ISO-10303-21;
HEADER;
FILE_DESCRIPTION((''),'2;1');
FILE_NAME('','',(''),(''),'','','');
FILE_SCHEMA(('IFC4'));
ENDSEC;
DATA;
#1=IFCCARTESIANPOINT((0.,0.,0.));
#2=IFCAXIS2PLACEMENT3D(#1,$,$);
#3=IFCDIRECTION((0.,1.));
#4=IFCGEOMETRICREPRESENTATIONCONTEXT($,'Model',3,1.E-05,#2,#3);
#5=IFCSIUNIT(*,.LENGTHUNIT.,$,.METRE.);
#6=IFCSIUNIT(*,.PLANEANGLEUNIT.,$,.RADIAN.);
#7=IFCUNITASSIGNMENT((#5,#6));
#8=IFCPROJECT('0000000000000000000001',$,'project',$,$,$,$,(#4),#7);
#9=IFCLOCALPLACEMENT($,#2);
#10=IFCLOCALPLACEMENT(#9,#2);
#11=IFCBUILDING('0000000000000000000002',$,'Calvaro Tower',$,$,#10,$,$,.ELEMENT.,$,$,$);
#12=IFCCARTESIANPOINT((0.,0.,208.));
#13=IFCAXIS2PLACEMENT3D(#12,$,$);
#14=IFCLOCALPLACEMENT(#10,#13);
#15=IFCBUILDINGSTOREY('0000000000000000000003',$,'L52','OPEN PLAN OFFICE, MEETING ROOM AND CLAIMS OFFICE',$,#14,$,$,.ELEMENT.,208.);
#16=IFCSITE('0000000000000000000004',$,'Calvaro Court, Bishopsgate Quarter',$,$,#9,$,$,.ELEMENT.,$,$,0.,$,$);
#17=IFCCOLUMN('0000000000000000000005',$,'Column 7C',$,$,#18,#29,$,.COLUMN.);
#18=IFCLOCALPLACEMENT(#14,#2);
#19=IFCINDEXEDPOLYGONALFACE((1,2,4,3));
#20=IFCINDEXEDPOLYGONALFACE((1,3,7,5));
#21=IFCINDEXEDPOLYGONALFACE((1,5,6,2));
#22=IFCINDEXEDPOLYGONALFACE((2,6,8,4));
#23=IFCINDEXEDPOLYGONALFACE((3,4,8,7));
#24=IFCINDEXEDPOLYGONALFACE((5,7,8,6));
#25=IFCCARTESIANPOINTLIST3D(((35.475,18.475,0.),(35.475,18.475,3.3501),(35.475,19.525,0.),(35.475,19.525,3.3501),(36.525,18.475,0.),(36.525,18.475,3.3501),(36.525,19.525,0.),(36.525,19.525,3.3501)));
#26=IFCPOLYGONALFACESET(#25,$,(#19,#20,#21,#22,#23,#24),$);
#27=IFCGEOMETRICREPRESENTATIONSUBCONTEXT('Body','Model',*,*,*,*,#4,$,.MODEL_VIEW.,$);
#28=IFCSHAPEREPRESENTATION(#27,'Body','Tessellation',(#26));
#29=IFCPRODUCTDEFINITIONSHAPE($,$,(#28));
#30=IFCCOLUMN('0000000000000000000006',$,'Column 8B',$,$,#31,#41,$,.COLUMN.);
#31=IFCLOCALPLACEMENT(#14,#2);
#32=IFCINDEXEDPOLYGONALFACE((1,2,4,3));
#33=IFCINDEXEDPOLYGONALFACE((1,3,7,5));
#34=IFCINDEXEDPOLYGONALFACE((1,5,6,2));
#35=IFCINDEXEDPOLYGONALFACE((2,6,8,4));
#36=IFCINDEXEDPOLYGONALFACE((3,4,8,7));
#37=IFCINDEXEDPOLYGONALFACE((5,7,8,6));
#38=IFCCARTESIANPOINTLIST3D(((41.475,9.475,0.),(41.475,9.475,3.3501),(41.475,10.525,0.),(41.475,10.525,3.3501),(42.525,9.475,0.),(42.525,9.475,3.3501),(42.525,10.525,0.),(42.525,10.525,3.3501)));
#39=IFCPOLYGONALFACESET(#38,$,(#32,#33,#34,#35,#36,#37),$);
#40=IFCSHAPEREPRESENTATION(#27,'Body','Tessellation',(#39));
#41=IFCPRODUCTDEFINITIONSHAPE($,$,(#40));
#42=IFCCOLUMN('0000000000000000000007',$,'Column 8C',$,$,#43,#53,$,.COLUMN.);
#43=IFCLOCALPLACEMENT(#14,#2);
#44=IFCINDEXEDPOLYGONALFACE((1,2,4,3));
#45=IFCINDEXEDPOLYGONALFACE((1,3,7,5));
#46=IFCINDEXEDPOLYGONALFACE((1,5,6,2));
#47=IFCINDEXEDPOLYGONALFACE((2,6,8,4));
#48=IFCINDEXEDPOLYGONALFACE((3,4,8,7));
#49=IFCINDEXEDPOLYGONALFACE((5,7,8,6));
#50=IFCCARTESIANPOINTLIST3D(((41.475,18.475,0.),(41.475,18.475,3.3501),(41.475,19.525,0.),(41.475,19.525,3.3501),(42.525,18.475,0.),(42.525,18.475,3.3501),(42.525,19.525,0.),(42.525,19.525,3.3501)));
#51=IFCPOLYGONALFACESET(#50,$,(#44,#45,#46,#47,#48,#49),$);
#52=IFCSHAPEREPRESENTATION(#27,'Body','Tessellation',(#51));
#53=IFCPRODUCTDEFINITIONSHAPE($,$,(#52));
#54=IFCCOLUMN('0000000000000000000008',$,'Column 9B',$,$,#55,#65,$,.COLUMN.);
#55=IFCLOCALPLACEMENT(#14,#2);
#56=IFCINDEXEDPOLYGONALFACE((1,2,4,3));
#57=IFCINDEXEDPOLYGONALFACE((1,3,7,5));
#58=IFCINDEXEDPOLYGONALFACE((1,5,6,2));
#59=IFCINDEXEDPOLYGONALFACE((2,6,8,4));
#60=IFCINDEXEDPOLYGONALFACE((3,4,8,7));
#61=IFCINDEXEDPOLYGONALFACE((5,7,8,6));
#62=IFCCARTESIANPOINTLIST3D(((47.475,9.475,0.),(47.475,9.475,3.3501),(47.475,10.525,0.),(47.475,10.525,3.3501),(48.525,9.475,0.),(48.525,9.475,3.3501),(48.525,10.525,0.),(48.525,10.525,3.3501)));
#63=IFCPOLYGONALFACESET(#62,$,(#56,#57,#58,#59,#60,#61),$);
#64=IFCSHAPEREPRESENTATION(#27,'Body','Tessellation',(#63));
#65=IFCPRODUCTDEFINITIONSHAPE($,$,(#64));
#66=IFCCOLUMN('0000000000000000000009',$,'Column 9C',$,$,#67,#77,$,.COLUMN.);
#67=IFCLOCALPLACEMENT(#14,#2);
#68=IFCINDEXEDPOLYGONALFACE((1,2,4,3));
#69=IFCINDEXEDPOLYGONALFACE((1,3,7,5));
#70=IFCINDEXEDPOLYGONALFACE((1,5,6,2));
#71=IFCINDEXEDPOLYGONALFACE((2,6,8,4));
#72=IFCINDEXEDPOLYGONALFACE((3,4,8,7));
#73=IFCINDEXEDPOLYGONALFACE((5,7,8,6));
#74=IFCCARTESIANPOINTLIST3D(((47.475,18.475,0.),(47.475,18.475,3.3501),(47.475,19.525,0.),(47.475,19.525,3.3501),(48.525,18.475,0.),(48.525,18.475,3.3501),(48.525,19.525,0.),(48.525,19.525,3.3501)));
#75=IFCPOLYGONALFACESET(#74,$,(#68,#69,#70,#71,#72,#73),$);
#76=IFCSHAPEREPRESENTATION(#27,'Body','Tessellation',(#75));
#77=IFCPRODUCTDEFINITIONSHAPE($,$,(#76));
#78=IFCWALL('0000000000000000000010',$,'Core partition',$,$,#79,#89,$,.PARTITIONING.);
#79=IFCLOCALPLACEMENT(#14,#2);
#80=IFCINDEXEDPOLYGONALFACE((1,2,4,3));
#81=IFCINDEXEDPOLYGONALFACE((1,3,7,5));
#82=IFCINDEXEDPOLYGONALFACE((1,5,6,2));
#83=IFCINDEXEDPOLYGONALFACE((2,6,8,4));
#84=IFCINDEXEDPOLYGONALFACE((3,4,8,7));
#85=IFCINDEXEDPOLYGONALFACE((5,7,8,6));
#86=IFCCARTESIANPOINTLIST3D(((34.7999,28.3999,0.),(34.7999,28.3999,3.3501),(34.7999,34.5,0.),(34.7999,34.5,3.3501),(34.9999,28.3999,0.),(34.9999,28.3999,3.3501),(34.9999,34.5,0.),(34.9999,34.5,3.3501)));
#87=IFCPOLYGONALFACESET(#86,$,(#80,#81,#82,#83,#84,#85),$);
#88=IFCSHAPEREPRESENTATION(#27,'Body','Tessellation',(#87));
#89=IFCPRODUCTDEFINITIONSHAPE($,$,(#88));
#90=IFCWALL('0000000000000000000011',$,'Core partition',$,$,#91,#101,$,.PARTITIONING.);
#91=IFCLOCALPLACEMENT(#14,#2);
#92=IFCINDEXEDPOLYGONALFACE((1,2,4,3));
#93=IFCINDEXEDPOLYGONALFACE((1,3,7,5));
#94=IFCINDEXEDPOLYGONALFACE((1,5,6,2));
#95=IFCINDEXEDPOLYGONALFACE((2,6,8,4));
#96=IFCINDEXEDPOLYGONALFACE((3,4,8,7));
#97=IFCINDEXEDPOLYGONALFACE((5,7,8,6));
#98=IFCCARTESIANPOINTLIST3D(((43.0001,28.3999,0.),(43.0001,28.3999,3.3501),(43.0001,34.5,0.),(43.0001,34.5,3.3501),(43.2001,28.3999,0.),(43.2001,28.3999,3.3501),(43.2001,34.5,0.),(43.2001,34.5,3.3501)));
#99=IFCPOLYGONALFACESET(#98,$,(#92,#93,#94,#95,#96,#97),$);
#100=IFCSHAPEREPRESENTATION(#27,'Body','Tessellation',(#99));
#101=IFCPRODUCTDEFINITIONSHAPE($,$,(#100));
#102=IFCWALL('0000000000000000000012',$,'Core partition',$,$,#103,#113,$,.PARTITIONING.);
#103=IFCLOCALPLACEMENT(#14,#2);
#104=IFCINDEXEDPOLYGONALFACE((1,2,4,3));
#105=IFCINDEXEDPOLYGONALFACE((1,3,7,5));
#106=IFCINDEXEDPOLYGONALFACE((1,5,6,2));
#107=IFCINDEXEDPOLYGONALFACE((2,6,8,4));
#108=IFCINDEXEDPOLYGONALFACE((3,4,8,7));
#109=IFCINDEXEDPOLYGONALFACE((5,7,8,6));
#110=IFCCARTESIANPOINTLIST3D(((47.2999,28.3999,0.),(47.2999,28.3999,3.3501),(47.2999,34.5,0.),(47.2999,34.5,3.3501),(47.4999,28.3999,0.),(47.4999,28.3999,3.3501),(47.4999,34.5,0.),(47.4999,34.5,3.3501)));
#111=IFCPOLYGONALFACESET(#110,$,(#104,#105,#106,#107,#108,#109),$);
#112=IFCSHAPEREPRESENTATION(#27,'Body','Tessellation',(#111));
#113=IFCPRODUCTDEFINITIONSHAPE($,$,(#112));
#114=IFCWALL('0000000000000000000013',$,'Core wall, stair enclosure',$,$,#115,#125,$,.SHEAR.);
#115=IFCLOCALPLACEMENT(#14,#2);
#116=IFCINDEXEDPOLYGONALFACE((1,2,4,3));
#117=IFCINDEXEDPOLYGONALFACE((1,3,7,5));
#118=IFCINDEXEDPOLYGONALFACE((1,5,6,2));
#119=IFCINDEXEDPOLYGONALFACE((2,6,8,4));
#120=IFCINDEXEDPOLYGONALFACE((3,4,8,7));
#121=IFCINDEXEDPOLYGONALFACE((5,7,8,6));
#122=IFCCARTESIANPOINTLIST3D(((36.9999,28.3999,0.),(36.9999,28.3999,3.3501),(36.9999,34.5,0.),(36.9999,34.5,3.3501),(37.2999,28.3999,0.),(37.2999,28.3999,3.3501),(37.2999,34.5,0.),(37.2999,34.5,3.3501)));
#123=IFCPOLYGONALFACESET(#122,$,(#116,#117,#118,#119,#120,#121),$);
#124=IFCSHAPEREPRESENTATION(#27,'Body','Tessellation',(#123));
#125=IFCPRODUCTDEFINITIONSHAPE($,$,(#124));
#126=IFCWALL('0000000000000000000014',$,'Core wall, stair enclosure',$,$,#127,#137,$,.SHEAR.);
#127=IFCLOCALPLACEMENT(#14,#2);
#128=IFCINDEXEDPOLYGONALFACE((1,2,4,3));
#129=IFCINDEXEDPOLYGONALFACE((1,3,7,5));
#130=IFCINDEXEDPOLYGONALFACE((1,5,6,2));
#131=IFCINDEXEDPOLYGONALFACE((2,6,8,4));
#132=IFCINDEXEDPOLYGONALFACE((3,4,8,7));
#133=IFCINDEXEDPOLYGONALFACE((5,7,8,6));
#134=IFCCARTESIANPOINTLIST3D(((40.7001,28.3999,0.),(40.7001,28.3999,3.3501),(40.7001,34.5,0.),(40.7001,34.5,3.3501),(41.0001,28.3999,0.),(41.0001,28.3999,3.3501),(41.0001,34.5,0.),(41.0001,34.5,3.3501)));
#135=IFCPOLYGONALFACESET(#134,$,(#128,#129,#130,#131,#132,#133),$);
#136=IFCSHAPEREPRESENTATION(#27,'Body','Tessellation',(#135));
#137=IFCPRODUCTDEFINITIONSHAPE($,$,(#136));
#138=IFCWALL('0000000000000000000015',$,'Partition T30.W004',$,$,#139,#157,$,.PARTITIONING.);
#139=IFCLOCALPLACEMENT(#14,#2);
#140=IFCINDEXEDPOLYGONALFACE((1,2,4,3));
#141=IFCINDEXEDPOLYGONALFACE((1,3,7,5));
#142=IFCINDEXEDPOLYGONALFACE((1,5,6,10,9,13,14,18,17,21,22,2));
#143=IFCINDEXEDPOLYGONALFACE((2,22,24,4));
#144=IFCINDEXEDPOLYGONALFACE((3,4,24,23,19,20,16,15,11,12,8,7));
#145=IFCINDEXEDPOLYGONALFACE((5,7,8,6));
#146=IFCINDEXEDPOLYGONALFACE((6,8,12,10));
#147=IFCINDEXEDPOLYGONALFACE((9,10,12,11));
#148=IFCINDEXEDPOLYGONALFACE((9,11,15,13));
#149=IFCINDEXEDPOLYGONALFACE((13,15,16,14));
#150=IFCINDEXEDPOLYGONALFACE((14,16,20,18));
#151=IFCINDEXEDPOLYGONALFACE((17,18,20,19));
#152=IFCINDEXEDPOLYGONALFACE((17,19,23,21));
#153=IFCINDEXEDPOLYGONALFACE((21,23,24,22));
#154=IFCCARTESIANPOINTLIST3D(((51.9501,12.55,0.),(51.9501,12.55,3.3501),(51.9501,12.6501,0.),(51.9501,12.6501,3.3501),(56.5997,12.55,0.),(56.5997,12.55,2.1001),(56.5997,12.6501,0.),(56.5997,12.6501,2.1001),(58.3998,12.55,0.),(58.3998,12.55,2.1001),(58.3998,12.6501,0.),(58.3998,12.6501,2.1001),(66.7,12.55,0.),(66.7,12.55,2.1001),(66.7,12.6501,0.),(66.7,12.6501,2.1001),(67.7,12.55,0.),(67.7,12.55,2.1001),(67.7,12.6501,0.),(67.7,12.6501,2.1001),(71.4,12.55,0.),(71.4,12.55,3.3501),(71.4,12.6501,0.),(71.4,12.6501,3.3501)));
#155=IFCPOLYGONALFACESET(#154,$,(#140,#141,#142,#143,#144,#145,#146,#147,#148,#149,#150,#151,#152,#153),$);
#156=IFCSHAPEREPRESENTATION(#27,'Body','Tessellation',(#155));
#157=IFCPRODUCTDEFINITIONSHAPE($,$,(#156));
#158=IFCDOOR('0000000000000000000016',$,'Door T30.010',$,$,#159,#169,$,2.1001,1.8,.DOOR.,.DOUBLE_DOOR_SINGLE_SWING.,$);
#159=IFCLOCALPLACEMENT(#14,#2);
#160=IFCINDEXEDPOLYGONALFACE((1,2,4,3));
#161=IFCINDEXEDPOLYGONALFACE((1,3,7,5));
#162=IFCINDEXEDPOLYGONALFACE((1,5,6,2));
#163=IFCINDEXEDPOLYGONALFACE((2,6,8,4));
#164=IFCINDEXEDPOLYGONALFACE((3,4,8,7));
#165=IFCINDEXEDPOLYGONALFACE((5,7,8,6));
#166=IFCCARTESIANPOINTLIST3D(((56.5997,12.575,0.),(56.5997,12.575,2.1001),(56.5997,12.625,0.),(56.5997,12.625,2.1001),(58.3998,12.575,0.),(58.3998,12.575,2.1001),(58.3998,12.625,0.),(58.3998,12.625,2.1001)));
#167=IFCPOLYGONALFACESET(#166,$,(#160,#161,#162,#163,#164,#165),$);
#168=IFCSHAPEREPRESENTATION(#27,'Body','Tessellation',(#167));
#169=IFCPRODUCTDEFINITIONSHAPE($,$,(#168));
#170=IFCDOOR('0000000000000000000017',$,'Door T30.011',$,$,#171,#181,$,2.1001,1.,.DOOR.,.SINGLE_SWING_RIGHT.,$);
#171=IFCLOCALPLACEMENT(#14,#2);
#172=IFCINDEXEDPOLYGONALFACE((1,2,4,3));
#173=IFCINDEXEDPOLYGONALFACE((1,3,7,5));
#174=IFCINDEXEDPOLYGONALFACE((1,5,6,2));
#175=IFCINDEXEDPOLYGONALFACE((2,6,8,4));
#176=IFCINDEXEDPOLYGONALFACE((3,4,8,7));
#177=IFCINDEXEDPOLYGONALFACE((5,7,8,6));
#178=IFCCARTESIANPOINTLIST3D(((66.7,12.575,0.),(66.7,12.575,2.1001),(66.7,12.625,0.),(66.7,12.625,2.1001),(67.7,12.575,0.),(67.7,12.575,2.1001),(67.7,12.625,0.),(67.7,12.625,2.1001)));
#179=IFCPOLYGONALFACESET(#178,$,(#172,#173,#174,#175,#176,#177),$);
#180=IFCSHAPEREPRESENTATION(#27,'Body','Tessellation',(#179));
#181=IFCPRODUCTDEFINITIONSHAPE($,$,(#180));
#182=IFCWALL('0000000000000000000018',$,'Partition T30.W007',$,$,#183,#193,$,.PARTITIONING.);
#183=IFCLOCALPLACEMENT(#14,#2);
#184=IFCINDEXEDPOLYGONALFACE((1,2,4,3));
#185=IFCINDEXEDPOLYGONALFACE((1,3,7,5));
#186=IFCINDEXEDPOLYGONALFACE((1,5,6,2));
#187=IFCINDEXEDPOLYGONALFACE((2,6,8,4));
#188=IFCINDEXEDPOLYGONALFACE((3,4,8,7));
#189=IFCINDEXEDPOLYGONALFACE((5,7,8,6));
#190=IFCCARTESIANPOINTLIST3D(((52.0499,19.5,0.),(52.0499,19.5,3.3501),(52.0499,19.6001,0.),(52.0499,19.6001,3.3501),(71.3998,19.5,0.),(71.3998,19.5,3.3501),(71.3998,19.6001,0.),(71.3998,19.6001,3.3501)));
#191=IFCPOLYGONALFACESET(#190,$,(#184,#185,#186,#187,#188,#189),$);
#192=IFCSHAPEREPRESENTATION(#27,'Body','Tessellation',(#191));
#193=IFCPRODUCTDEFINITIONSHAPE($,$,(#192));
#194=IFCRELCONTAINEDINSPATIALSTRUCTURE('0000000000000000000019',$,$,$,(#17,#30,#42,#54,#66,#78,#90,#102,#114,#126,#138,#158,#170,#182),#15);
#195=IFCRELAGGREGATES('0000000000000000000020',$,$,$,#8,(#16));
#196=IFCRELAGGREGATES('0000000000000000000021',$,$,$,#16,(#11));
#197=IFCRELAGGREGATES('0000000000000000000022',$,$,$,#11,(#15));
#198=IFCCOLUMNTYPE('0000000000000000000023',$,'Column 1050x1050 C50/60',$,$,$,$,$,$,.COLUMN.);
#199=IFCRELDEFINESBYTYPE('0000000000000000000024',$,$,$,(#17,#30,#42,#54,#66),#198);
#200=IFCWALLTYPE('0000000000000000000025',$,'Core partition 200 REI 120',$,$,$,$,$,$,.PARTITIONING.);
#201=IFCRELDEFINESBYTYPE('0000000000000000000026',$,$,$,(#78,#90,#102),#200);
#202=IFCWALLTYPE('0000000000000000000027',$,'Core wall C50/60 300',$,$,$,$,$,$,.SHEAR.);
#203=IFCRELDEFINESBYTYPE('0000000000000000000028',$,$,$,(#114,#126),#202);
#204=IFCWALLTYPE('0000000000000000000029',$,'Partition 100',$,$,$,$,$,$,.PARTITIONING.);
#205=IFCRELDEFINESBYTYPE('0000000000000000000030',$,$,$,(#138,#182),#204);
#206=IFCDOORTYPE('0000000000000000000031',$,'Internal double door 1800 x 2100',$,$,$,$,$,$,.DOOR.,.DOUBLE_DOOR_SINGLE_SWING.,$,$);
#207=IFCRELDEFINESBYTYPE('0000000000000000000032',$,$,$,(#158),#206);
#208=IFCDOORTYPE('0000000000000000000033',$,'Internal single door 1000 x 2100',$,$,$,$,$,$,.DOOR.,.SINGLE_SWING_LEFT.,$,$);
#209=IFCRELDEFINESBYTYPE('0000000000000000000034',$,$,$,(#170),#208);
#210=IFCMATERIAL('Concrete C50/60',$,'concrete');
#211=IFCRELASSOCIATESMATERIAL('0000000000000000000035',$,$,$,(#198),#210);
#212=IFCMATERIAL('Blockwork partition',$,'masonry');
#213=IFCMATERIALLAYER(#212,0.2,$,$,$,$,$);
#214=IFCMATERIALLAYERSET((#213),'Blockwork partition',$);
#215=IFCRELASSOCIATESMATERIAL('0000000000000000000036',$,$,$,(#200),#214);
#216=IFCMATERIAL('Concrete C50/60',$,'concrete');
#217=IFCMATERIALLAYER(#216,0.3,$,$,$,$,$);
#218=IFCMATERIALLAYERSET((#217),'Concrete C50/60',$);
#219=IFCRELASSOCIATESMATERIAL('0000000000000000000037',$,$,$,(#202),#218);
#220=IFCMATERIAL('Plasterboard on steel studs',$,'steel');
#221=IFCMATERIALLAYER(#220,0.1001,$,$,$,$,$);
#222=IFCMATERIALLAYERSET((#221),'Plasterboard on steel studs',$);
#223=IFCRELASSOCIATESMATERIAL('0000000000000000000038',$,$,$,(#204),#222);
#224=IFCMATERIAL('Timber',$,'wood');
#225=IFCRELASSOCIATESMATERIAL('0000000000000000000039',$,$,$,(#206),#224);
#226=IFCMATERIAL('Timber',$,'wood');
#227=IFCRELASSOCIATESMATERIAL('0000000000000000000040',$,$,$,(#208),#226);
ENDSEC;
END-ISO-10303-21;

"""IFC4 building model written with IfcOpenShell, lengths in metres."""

from ifc_helpers import new_model, si_unit, direction, frame, frame_2d, origin, origin_2d, place, context, subcontext, project, spatial, rectangle, extrude, material, layer, layer_set, material_profile, profile_set, type_object, element, fill, save


model = new_model("IFC4")

# Units and contexts
model_context = context("Model", 3, precision=1e-05, world=origin(), true_north=direction((0.0, 1.0)))
body_context = subcontext(model_context, "Body", "Model", "MODEL_VIEW")
ifc_project = project(units=[si_unit("LENGTHUNIT", "METRE"), si_unit("PLANEANGLEUNIT", "RADIAN")], contexts=[model_context])

# Site, building, storey
site_placement = place(None, origin())
site = spatial("IfcSite", under=ifc_project, at=site_placement, Name="Calvaro Court, Bishopsgate Quarter", CompositionType="ELEMENT", RefElevation=0.0)
building_placement = place(site_placement, origin())
building = spatial("IfcBuilding", under=site, at=building_placement, Name="Calvaro Tower", CompositionType="ELEMENT")
storey_placement = place(building_placement, frame((0.0, 0.0, 208.0)))
storey = spatial("IfcBuildingStorey", under=building, at=storey_placement, Name="L52", Description="OPEN PLAN OFFICE, MEETING ROOM AND CLAIMS OFFICE", CompositionType="ELEMENT", Elevation=208.0)

# Columns
ifc_material_1 = material(Name="Concrete C50/60", Category="concrete")
ifc_material_profile = material_profile(ifc_material_1, rectangle(XDim=1.05, YDim=1.05, at=origin_2d()), Name="RC 1050x1050")
ifc_profile_set = profile_set([ifc_material_profile], Name="Concrete C50/60")
column_type = type_object("IfcColumnType", Name="Column 1050x1050 C50/60", PredefinedType="COLUMN", material=ifc_profile_set)
for number, where, z_axis, x_axis, name in (
    (1, (36.0, 19.0, 0.0), (0.0, 0.0, 1.0), (1.0, 0.0, 0.0), "Column 7C"),
    (2, (42.0, 10.0, 0.0), (0.0, 0.0, 1.0), (1.0, 0.0, 0.0), "Column 8B"),
    (3, (42.0, 19.0, 0.0), (0.0, 0.0, 1.0), (1.0, 0.0, 0.0), "Column 8C"),
    (4, (48.0, 10.0, 0.0), (0.0, 0.0, 1.0), (1.0, 0.0, 0.0), "Column 9B"),
    (5, (48.0, 19.0, 0.0), (0.0, 0.0, 1.0), (1.0, 0.0, 0.0), "Column 9C"),
):
    element("IfcColumn", number, at=place(storey_placement, frame(where, z_axis=z_axis, x_axis=x_axis)), inside=storey, type_object=column_type, Name=name, PredefinedType="COLUMN", context=body_context, shape_type="SweptSolid", body=[
        extrude(rectangle(XDim=1.05, YDim=1.05, at=origin_2d()), origin(), (0.0, 0.0, 1.0), 3.3501),
    ])

# Walls
ifc_material_2 = material(Name="Blockwork partition", Category="masonry")
ifc_layer_1 = layer(ifc_material_2, 0.2)
ifc_layer_set_1 = layer_set([ifc_layer_1], Name="Blockwork partition")
wall_type_1 = type_object("IfcWallType", Name="Core partition 200 REI 120", PredefinedType="PARTITIONING", material=ifc_layer_set_1)
for number, where, z_axis, x_axis, name in (
    (6, (34.8999, 28.3999, 0.0), (0.0, 0.0, 1.0), (0.0, 1.0, 0.0), "Core partition"),
    (7, (43.1001, 28.3999, 0.0), (0.0, 0.0, 1.0), (0.0, 1.0, 0.0), "Core partition"),
    (8, (47.3999, 28.3999, 0.0), (0.0, 0.0, 1.0), (0.0, 1.0, 0.0), "Core partition"),
):
    element("IfcWall", number, at=place(storey_placement, frame(where, z_axis=z_axis, x_axis=x_axis)), inside=storey, type_object=wall_type_1, Name=name, PredefinedType="PARTITIONING", context=body_context, shape_type="SweptSolid", body=[
        extrude(rectangle(XDim=6.1001, YDim=0.2, at=frame_2d((3.05, 0.0))), origin(), (0.0, 0.0, 1.0), 3.3501),
    ])
ifc_material_3 = material(Name="Concrete C50/60", Category="concrete")
ifc_layer_2 = layer(ifc_material_3, 0.3)
ifc_layer_set_2 = layer_set([ifc_layer_2], Name="Concrete C50/60")
wall_type_2 = type_object("IfcWallType", Name="Core wall C50/60 300", PredefinedType="SHEAR", material=ifc_layer_set_2)
for number, where, z_axis, x_axis, name in (
    (9, (37.1499, 28.3999, 0.0), (0.0, 0.0, 1.0), (0.0, 1.0, 0.0), "Core wall, stair enclosure"),
    (10, (40.8501, 28.3999, 0.0), (0.0, 0.0, 1.0), (0.0, 1.0, 0.0), "Core wall, stair enclosure"),
):
    element("IfcWall", number, at=place(storey_placement, frame(where, z_axis=z_axis, x_axis=x_axis)), inside=storey, type_object=wall_type_2, Name=name, PredefinedType="SHEAR", context=body_context, shape_type="SweptSolid", body=[
        extrude(rectangle(XDim=6.1001, YDim=0.3, at=frame_2d((3.05, 0.0))), origin(), (0.0, 0.0, 1.0), 3.3501),
    ])

# Wall, openings, doors
ifc_material_4 = material(Name="Plasterboard on steel studs", Category="steel")
ifc_layer_3 = layer(ifc_material_4, 0.1001)
ifc_layer_set_3 = layer_set([ifc_layer_3], Name="Plasterboard on steel studs")
wall_type_3 = type_object("IfcWallType", Name="Partition 100", PredefinedType="PARTITIONING", material=ifc_layer_set_3)
wall_1_placement = place(storey_placement, frame((51.95, 12.6001, 0.0), z_axis=(0.0, 0.0, 1.0), x_axis=(1.0, 0.0, 0.0)))
wall_1 = element("IfcWall", 11, at=wall_1_placement, inside=storey, type_object=wall_type_3, Name="Partition T30.W004", PredefinedType="PARTITIONING", context=body_context, shape_type="SweptSolid", body=[
    extrude(rectangle(XDim=19.45, YDim=0.1001, at=frame_2d((9.7251, 0.0))), origin(), (0.0, 0.0, 1.0), 3.3501),
])
opening_1_placement = place(wall_1_placement, frame((4.6499, 0.0, 0.0)))
opening_1 = element("IfcOpeningElement", 12, at=opening_1_placement, cuts=wall_1, PredefinedType="OPENING", context=body_context, shape_type="SweptSolid", body=[
    extrude(rectangle(XDim=1.8, YDim=2.1001, at=frame_2d((0.8999, 1.05))), frame((0.0, 0.0601, 0.0), z_axis=(0.0, -1.0, 0.0), x_axis=(1.0, 0.0, 0.0)), (0.0, 0.0, 1.0), 0.1201),
])
opening_2_placement = place(wall_1_placement, frame((14.75, 0.0, 0.0)))
opening_2 = element("IfcOpeningElement", 13, at=opening_2_placement, cuts=wall_1, PredefinedType="OPENING", context=body_context, shape_type="SweptSolid", body=[
    extrude(rectangle(XDim=1.0, YDim=2.1001, at=frame_2d((0.5, 1.05))), frame((0.0, 0.0601, 0.0), z_axis=(0.0, -1.0, 0.0), x_axis=(1.0, 0.0, 0.0)), (0.0, 0.0, 1.0), 0.1201),
])
ifc_material_5 = material(Name="Timber", Category="wood")
door_type_1 = type_object("IfcDoorType", Name="Internal double door 1800 x 2100", OperationType="DOUBLE_DOOR_SINGLE_SWING", PredefinedType="DOOR", material=ifc_material_5)
door_1_placement = place(opening_1_placement, origin())
door_1 = element("IfcDoor", 14, at=door_1_placement, inside=storey, type_object=door_type_1, Name="Door T30.010", OperationType="DOUBLE_DOOR_SINGLE_SWING", OverallHeight=2.1001, OverallWidth=1.8, PredefinedType="DOOR", context=body_context, shape_type="SweptSolid", body=[
    extrude(rectangle(XDim=1.8, YDim=2.1001, at=frame_2d((0.8999, 1.05))), frame((0.0, 0.0249, 0.0), z_axis=(0.0, -1.0, 0.0), x_axis=(1.0, 0.0, 0.0)), (0.0, 0.0, 1.0), 0.05),
])
fill(opening_1, door_1)
ifc_material_6 = material(Name="Timber", Category="wood")
door_type_2 = type_object("IfcDoorType", Name="Internal single door 1000 x 2100", OperationType="SINGLE_SWING_LEFT", PredefinedType="DOOR", material=ifc_material_6)
door_2_placement = place(opening_2_placement, origin())
door_2 = element("IfcDoor", 15, at=door_2_placement, inside=storey, type_object=door_type_2, Name="Door T30.011", OperationType="SINGLE_SWING_RIGHT", OverallHeight=2.1001, OverallWidth=1.0, PredefinedType="DOOR", context=body_context, shape_type="SweptSolid", body=[
    extrude(rectangle(XDim=1.0, YDim=2.1001, at=frame_2d((0.5, 1.05))), frame((0.0, 0.0249, 0.0), z_axis=(0.0, -1.0, 0.0), x_axis=(1.0, 0.0, 0.0)), (0.0, 0.0, 1.0), 0.05),
])
fill(opening_2, door_2)

# Wall
wall_2_placement = place(storey_placement, frame((52.05, 19.55, 0.0), z_axis=(0.0, 0.0, 1.0), x_axis=(1.0, 0.0, 0.0)))
element("IfcWall", 16, at=wall_2_placement, inside=storey, type_object=wall_type_3, Name="Partition T30.W007", PredefinedType="PARTITIONING", context=body_context, shape_type="SweptSolid", body=[
    extrude(rectangle(XDim=19.3499, YDim=0.1001, at=frame_2d((9.6748, 0.0))), origin(), (0.0, 0.0, 1.0), 3.3501),
])

save(model, "model.ifc")
